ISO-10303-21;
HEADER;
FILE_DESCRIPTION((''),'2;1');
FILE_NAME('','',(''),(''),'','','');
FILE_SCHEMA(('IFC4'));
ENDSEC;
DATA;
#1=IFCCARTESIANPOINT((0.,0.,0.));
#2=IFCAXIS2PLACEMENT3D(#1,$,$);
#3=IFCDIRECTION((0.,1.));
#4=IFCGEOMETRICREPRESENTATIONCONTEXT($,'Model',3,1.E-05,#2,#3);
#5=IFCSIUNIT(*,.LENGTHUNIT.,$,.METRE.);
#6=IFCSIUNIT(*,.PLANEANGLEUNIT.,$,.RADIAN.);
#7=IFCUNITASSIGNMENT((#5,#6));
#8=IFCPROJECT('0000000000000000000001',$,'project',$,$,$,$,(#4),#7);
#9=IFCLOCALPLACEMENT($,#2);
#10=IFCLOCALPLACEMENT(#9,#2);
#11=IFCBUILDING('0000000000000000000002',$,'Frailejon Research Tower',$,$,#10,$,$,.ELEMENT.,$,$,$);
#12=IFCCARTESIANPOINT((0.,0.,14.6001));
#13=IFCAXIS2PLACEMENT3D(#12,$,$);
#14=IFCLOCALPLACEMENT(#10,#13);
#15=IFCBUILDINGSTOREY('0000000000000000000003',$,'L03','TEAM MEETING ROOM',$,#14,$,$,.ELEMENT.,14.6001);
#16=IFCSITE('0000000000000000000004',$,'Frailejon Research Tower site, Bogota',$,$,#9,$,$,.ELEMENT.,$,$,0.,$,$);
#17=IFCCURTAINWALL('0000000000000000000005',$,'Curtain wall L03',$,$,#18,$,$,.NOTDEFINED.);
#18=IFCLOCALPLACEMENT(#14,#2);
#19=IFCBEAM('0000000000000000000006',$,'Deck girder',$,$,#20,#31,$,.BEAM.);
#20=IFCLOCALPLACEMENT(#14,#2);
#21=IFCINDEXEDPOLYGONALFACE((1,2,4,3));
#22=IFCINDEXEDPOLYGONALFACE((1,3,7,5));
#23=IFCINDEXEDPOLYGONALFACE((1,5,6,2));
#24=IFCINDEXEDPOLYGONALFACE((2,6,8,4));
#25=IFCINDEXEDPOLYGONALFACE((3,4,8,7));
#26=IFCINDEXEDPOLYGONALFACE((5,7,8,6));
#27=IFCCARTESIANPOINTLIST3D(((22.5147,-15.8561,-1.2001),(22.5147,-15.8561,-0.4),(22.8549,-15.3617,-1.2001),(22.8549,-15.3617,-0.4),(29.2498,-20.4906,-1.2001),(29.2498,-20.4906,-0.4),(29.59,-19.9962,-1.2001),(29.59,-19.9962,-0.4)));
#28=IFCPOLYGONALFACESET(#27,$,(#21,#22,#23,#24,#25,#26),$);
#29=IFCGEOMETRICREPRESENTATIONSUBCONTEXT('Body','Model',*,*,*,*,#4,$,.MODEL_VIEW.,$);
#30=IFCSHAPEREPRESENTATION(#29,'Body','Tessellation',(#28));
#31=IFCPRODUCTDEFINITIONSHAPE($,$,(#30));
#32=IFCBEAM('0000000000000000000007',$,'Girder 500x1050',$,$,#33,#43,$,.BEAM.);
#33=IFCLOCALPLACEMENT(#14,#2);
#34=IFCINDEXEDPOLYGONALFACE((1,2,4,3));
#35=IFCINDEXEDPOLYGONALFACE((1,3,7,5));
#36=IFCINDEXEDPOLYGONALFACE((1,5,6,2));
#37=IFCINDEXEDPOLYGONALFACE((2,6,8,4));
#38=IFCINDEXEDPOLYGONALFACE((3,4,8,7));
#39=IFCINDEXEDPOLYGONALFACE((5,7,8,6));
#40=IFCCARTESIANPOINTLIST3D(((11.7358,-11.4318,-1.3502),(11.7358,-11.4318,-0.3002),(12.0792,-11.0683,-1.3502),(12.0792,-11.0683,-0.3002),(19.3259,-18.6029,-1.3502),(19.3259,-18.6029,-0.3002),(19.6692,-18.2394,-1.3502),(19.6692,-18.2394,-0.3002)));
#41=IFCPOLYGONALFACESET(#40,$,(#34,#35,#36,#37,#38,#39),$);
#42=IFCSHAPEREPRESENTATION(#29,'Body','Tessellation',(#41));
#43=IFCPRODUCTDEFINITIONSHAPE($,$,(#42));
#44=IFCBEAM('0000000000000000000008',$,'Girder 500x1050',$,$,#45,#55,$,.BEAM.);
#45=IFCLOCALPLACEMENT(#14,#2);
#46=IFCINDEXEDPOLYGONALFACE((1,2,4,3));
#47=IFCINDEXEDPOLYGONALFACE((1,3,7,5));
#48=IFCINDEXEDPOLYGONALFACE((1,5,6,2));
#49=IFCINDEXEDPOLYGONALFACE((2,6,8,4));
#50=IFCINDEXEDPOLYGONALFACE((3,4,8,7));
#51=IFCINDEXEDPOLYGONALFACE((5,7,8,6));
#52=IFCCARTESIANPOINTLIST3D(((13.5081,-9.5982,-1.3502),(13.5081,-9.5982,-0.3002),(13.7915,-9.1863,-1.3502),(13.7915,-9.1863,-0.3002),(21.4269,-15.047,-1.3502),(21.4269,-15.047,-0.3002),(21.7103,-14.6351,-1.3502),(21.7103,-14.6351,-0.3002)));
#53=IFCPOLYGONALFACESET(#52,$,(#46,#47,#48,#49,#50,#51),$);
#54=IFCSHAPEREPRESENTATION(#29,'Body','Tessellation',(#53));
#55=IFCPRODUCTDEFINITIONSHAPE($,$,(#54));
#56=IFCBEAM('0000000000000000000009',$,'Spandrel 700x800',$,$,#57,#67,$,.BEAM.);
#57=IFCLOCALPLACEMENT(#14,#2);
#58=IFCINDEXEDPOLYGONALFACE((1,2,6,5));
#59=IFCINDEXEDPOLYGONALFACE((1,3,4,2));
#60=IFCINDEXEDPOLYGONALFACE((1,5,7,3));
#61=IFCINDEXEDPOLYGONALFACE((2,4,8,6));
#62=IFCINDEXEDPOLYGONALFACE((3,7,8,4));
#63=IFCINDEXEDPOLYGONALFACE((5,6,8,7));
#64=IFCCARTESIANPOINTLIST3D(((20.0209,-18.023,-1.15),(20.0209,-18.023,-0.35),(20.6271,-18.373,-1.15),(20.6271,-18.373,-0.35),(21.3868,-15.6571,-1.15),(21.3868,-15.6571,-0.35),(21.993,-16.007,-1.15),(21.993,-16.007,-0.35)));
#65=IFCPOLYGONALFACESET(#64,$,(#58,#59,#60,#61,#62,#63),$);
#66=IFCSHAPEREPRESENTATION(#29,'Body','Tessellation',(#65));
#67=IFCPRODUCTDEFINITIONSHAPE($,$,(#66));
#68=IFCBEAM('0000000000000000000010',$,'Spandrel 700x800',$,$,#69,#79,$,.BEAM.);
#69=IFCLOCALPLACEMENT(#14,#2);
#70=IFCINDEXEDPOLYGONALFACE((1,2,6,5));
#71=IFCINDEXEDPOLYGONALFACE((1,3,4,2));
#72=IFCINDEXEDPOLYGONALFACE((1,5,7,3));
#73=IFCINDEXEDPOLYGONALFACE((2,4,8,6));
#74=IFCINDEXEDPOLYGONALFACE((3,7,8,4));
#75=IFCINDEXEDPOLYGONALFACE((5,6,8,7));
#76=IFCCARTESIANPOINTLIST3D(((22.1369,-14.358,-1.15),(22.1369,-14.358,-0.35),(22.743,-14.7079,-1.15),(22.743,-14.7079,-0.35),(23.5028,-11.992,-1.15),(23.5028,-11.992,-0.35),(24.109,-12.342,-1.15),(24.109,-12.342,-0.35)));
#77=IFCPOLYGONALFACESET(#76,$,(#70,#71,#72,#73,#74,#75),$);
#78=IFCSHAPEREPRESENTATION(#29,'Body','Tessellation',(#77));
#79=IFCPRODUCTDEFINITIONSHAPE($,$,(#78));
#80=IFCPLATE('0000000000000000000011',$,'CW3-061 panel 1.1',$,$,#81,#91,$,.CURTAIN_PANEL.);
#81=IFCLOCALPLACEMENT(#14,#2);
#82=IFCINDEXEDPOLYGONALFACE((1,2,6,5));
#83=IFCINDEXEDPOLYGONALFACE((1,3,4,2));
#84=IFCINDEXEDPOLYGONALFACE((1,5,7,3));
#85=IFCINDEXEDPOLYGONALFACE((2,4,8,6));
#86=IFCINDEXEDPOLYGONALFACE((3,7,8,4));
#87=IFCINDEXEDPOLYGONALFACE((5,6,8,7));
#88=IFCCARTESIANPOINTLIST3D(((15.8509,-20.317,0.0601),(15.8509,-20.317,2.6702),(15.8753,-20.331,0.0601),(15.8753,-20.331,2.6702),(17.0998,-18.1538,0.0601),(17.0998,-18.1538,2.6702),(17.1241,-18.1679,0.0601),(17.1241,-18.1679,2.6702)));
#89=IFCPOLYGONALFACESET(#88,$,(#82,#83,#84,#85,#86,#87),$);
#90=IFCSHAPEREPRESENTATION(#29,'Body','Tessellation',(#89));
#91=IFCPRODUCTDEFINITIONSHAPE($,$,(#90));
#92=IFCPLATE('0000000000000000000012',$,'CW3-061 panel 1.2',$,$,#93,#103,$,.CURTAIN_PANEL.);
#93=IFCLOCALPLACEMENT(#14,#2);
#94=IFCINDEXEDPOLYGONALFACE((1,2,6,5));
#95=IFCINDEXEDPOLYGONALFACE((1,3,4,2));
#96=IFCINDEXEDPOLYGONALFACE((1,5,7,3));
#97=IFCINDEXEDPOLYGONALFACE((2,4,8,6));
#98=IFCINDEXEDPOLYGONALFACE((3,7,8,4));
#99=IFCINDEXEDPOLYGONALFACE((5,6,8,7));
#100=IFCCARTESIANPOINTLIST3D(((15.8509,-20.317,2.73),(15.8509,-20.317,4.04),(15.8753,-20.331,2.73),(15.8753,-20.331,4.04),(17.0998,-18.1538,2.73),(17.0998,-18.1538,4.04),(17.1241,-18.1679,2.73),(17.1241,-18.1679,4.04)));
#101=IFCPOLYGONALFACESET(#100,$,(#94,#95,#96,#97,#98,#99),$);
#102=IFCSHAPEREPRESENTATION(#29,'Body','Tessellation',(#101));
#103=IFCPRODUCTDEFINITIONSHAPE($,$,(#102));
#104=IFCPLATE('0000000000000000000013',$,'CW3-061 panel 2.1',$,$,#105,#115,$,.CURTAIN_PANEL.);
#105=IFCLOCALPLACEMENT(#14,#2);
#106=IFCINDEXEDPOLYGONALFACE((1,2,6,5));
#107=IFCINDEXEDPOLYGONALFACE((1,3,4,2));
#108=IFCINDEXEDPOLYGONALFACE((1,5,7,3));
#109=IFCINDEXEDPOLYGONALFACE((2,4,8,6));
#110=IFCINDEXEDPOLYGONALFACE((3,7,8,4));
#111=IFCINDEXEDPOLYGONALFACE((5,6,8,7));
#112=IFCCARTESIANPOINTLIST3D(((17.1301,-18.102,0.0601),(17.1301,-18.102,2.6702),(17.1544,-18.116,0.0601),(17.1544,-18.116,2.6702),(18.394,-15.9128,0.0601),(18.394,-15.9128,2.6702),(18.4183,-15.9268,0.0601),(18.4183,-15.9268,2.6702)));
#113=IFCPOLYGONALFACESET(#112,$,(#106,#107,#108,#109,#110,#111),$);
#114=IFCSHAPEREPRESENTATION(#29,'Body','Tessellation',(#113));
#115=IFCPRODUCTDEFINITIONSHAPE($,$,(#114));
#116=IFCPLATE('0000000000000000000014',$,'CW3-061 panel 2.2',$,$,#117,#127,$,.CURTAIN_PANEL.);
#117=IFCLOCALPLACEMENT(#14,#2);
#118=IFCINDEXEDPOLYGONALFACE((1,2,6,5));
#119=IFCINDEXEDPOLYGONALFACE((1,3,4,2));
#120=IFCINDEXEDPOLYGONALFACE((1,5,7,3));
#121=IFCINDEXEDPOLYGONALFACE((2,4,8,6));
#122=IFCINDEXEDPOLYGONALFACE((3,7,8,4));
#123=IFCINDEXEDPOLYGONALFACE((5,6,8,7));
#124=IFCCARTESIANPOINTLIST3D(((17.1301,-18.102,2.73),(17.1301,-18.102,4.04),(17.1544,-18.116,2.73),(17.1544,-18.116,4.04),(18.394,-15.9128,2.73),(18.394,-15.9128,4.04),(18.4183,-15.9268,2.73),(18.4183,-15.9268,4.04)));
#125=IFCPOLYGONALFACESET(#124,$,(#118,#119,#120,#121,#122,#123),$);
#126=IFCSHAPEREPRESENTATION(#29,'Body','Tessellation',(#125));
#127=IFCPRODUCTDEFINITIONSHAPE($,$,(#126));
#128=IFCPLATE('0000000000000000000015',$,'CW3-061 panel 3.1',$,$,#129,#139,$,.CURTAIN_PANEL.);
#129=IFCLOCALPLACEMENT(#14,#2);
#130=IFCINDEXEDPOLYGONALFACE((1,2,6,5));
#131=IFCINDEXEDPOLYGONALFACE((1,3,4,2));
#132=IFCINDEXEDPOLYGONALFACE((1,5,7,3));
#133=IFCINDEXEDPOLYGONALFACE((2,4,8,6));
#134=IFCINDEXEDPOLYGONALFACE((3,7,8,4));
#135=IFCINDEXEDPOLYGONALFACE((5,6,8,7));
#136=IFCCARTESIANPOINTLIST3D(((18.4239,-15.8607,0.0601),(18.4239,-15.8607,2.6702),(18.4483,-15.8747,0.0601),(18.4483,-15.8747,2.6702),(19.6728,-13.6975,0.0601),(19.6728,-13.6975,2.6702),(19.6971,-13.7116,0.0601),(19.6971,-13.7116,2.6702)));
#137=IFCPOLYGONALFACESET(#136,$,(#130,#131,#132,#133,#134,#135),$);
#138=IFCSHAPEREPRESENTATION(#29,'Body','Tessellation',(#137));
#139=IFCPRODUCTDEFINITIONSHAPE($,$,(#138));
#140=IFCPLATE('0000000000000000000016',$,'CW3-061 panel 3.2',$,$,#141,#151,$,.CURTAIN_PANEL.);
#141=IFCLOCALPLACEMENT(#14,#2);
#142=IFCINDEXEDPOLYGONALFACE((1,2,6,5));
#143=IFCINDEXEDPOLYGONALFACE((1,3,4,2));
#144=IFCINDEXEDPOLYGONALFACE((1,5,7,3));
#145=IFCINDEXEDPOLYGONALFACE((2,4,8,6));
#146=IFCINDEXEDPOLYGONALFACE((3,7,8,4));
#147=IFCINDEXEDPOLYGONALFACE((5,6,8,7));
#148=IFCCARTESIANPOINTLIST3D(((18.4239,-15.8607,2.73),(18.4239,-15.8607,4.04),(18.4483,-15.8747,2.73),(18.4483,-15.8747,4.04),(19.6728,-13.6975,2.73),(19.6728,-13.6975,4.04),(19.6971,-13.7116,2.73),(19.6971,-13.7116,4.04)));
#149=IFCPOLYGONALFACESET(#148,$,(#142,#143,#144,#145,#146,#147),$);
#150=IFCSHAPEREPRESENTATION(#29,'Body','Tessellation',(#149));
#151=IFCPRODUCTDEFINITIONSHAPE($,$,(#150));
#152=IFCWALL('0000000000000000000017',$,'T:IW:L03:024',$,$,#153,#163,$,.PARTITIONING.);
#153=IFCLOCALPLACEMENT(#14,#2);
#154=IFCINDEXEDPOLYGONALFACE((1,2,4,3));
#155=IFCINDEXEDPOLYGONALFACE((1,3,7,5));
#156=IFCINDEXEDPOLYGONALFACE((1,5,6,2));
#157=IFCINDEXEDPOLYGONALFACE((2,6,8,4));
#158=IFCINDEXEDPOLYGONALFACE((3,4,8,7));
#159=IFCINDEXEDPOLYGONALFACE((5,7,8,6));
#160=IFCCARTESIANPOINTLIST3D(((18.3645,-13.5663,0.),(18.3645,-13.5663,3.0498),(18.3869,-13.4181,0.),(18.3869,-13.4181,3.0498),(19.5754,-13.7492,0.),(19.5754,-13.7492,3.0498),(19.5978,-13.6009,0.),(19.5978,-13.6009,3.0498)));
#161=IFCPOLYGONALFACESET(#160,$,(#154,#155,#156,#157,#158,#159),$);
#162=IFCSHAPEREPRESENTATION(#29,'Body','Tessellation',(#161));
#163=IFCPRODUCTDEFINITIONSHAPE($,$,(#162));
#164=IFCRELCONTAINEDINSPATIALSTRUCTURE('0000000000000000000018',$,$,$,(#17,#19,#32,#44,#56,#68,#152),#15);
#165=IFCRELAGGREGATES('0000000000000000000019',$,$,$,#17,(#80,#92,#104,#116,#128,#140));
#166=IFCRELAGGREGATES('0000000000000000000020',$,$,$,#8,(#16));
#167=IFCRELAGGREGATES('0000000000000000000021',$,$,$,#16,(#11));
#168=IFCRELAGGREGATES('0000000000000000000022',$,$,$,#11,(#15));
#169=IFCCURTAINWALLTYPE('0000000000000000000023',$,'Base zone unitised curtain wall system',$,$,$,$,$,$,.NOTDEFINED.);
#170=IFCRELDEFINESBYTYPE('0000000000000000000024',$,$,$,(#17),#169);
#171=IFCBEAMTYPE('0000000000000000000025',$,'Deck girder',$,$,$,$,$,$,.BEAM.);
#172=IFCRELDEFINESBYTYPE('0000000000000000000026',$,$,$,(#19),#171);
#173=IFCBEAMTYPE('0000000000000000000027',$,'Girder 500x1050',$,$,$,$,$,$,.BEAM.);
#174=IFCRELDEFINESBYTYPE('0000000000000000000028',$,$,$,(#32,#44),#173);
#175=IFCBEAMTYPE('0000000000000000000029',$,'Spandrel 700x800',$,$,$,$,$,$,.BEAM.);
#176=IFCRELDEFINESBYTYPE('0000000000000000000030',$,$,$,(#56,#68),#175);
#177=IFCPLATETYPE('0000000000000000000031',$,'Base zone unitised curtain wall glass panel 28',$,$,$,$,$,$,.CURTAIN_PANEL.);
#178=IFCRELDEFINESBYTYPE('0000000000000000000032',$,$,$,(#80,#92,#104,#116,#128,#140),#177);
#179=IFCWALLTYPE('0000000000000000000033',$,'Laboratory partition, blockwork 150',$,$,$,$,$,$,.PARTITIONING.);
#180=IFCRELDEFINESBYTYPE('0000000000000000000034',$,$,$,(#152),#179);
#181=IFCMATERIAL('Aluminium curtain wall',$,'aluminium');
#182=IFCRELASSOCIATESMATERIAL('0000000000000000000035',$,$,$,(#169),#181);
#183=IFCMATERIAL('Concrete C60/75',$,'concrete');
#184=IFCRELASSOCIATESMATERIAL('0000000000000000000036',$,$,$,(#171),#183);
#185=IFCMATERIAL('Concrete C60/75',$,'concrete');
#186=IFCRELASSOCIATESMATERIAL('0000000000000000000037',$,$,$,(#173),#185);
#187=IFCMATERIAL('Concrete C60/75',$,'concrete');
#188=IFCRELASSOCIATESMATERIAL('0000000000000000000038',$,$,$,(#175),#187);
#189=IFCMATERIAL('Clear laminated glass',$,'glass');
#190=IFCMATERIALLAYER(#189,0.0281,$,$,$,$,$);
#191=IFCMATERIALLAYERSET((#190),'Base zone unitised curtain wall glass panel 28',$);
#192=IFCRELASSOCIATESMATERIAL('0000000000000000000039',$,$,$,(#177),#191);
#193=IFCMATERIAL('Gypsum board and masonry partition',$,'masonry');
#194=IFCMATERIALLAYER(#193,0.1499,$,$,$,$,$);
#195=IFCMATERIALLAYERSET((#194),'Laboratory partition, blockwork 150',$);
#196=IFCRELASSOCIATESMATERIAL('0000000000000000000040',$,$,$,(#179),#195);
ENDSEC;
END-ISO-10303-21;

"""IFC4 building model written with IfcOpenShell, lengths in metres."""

from ifc_helpers import new_model, si_unit, direction, frame, frame_2d, origin, origin_2d, place, context, subcontext, project, spatial, rectangle, extrude, material, layer, layer_set, material_profile, profile_set, type_object, element, aggregate, save


model = new_model("IFC4")

# Units and contexts
model_context = context("Model", 3, precision=1e-05, world=origin(), true_north=direction((0.0, 1.0)))
body_context = subcontext(model_context, "Body", "Model", "MODEL_VIEW")
ifc_project = project(units=[si_unit("LENGTHUNIT", "METRE"), si_unit("PLANEANGLEUNIT", "RADIAN")], contexts=[model_context])

# Site, building, storey
site_placement = place(None, origin())
site = spatial("IfcSite", under=ifc_project, at=site_placement, Name="Frailejon Research Tower site, Bogota", CompositionType="ELEMENT", RefElevation=0.0)
building_placement = place(site_placement, origin())
building = spatial("IfcBuilding", under=site, at=building_placement, Name="Frailejon Research Tower", CompositionType="ELEMENT")
storey_placement = place(building_placement, frame((0.0, 0.0, 14.6001)))
storey = spatial("IfcBuildingStorey", under=building, at=storey_placement, Name="L03", Description="TEAM MEETING ROOM", CompositionType="ELEMENT", Elevation=14.6001)

# Curtain wall
ifc_material_1 = material(Name="Aluminium curtain wall", Category="aluminium")
curtain_wall_type = type_object("IfcCurtainWallType", Name="Base zone unitised curtain wall system", PredefinedType="NOTDEFINED", material=ifc_material_1)
curtain_wall_placement = place(storey_placement, origin())
curtain_wall = element("IfcCurtainWall", 1, at=curtain_wall_placement, inside=storey, type_object=curtain_wall_type, Name="Curtain wall L03", PredefinedType="NOTDEFINED")

# Beams
ifc_material_2 = material(Name="Concrete C60/75", Category="concrete")
ifc_material_profile_1 = material_profile(ifc_material_2, rectangle(XDim=0.6001, YDim=0.8, at=origin_2d()), Name="Deck girder")
ifc_profile_set_1 = profile_set([ifc_material_profile_1], Name="Concrete C60/75")
beam_type_1 = type_object("IfcBeamType", Name="Deck girder", PredefinedType="BEAM", material=ifc_profile_set_1)
beam_1_placement = place(storey_placement, frame((22.6848, -15.6089, -0.8), z_axis=(0.823806, -0.566872, 0.0), x_axis=(0.566872, 0.823806, 0.0)))
element("IfcBeam", 2, at=beam_1_placement, inside=storey, type_object=beam_type_1, Name="Deck girder", PredefinedType="BEAM", context=body_context, shape_type="SweptSolid", body=[
    extrude(rectangle(XDim=0.6001, YDim=0.8, at=origin_2d()), origin(), (0.0, 0.0, 1.0), 8.1755),
])
ifc_material_3 = material(Name="Concrete C60/75", Category="concrete")
ifc_material_profile_2 = material_profile(ifc_material_3, rectangle(XDim=0.5, YDim=1.05, at=origin_2d()), Name="Girder 500x1050")
ifc_profile_set_2 = profile_set([ifc_material_profile_2], Name="Concrete C60/75")
beam_type_2 = type_object("IfcBeamType", Name="Girder 500x1050", PredefinedType="BEAM", material=ifc_profile_set_2)
beam_2_placement = place(storey_placement, frame((19.4976, -18.4211, -0.8252), z_axis=(-0.726883, 0.686762, 0.0), x_axis=(-0.686762, -0.726883, 0.0)))
element("IfcBeam", 3, at=beam_2_placement, inside=storey, type_object=beam_type_2, Name="Girder 500x1050", PredefinedType="BEAM", context=body_context, shape_type="SweptSolid", body=[
    extrude(rectangle(XDim=0.5, YDim=1.05, at=origin_2d()), origin(), (0.0, 0.0, 1.0), 10.4419),
])
beam_3_placement = place(storey_placement, frame((21.5686, -14.8411, -0.8252), z_axis=(-0.823817, 0.566855, 0.0), x_axis=(-0.566855, -0.823817, 0.0)))
element("IfcBeam", 4, at=beam_3_placement, inside=storey, type_object=beam_type_2, Name="Girder 500x1050", PredefinedType="BEAM", context=body_context, shape_type="SweptSolid", body=[
    extrude(rectangle(XDim=0.5, YDim=1.05, at=origin_2d()), origin(), (0.0, 0.0, 1.0), 9.6123),
])
ifc_material_4 = material(Name="Concrete C60/75", Category="concrete")
ifc_material_profile_3 = material_profile(ifc_material_4, rectangle(XDim=0.7, YDim=0.8, at=origin_2d()), Name="Spandrel 700x800")
ifc_profile_set_3 = profile_set([ifc_material_profile_3], Name="Concrete C60/75")
beam_type_3 = type_object("IfcBeamType", Name="Spandrel 700x800", PredefinedType="BEAM", material=ifc_profile_set_3)
for number, where, z_axis, x_axis, name in (
    (5, (20.324, -18.198, -0.75), (0.499993, 0.866029, 0.0), (-0.866029, 0.499993, 0.0), "Spandrel 700x800"),
    (6, (22.4399, -14.533, -0.75), (0.499993, 0.866029, 0.0), (-0.866029, 0.499993, 0.0), "Spandrel 700x800"),
):
    element("IfcBeam", number, at=place(storey_placement, frame(where, z_axis=z_axis, x_axis=x_axis)), inside=storey, type_object=beam_type_3, Name=name, PredefinedType="BEAM", context=body_context, shape_type="SweptSolid", body=[
        extrude(rectangle(XDim=0.7, YDim=0.8, at=origin_2d()), origin(), (0.0, 0.0, 1.0), 2.7319),
    ])

# Plates
ifc_material_5 = material(Name="Clear laminated glass", Category="glass")
ifc_layer_1 = layer(ifc_material_5, 0.0281)
ifc_layer_set_1 = layer_set([ifc_layer_1], Name="Base zone unitised curtain wall glass panel 28")
plate_type = type_object("IfcPlateType", Name="Base zone unitised curtain wall glass panel 28", PredefinedType="CURTAIN_PANEL", material=ifc_layer_set_1)
plate_1_placement = place(storey_placement, frame((16.4875, -19.2424, 0.0601), z_axis=(0.0, 0.0, 1.0), x_axis=(0.499993, 0.866029, 0.0)))
plate_1 = element("IfcPlate", 7, at=plate_1_placement, type_object=plate_type, Name="CW3-061 panel 1.1", PredefinedType="CURTAIN_PANEL", context=body_context, shape_type="SweptSolid", body=[
    extrude(rectangle(XDim=2.4978, YDim=0.0281, at=origin_2d()), origin(), (0.0, 0.0, 1.0), 2.6101),
])
plate_2_placement = place(storey_placement, frame((16.4875, -19.2424, 2.73), z_axis=(0.0, 0.0, 1.0), x_axis=(0.499993, 0.866029, 0.0)))
plate_2 = element("IfcPlate", 8, at=plate_2_placement, type_object=plate_type, Name="CW3-061 panel 1.2", PredefinedType="CURTAIN_PANEL", context=body_context, shape_type="SweptSolid", body=[
    extrude(rectangle(XDim=2.4978, YDim=0.0281, at=origin_2d()), origin(), (0.0, 0.0, 1.0), 1.3101),
])
plate_3_placement = place(storey_placement, frame((17.7742, -17.0144, 0.0601), z_axis=(0.0, 0.0, 1.0), x_axis=(0.499993, 0.866029, 0.0)))
plate_3 = element("IfcPlate", 9, at=plate_3_placement, type_object=plate_type, Name="CW3-061 panel 2.1", PredefinedType="CURTAIN_PANEL", context=body_context, shape_type="SweptSolid", body=[
    extrude(rectangle(XDim=2.5278, YDim=0.0281, at=origin_2d()), origin(), (0.0, 0.0, 1.0), 2.6101),
])
plate_4_placement = place(storey_placement, frame((17.7742, -17.0144, 2.73), z_axis=(0.0, 0.0, 1.0), x_axis=(0.499993, 0.866029, 0.0)))
plate_4 = element("IfcPlate", 10, at=plate_4_placement, type_object=plate_type, Name="CW3-061 panel 2.2", PredefinedType="CURTAIN_PANEL", context=body_context, shape_type="SweptSolid", body=[
    extrude(rectangle(XDim=2.5278, YDim=0.0281, at=origin_2d()), origin(), (0.0, 0.0, 1.0), 1.3101),
])
plate_5_placement = place(storey_placement, frame((19.0605, -14.7861, 0.0601), z_axis=(0.0, 0.0, 1.0), x_axis=(0.499993, 0.866029, 0.0)))
plate_5 = element("IfcPlate", 11, at=plate_5_placement, type_object=plate_type, Name="CW3-061 panel 3.1", PredefinedType="CURTAIN_PANEL", context=body_context, shape_type="SweptSolid", body=[
    extrude(rectangle(XDim=2.4978, YDim=0.0281, at=origin_2d()), origin(), (0.0, 0.0, 1.0), 2.6101),
])
plate_6_placement = place(storey_placement, frame((19.0605, -14.7861, 2.73), z_axis=(0.0, 0.0, 1.0), x_axis=(0.499993, 0.866029, 0.0)))
plate_6 = element("IfcPlate", 12, at=plate_6_placement, type_object=plate_type, Name="CW3-061 panel 3.2", PredefinedType="CURTAIN_PANEL", context=body_context, shape_type="SweptSolid", body=[
    extrude(rectangle(XDim=2.4978, YDim=0.0281, at=origin_2d()), origin(), (0.0, 0.0, 1.0), 1.3101),
])
aggregate(curtain_wall, [plate_1, plate_2, plate_3, plate_4, plate_5, plate_6])

# Wall
ifc_material_6 = material(Name="Gypsum board and masonry partition", Category="masonry")
ifc_layer_2 = layer(ifc_material_6, 0.1499)
ifc_layer_set_2 = layer_set([ifc_layer_2], Name="Laboratory partition, blockwork 150")
wall_type_1 = type_object("IfcWallType", Name="Laboratory partition, blockwork 150", PredefinedType="PARTITIONING", material=ifc_layer_set_2)
wall_1_placement = place(storey_placement, frame((18.3757, -13.4922, 0.0), z_axis=(0.0, 0.0, 1.0), x_axis=(0.98879, -0.149315, 0.0)))
element("IfcWall", 13, at=wall_1_placement, inside=storey, type_object=wall_type_1, Name="T:IW:L03:024", PredefinedType="PARTITIONING", context=body_context, shape_type="SweptSolid", body=[
    extrude(rectangle(XDim=1.2246, YDim=0.1499, at=frame_2d((0.6123, 0.0))), origin(), (0.0, 0.0, 1.0), 3.0498),
])

save(model, "model.ifc")
